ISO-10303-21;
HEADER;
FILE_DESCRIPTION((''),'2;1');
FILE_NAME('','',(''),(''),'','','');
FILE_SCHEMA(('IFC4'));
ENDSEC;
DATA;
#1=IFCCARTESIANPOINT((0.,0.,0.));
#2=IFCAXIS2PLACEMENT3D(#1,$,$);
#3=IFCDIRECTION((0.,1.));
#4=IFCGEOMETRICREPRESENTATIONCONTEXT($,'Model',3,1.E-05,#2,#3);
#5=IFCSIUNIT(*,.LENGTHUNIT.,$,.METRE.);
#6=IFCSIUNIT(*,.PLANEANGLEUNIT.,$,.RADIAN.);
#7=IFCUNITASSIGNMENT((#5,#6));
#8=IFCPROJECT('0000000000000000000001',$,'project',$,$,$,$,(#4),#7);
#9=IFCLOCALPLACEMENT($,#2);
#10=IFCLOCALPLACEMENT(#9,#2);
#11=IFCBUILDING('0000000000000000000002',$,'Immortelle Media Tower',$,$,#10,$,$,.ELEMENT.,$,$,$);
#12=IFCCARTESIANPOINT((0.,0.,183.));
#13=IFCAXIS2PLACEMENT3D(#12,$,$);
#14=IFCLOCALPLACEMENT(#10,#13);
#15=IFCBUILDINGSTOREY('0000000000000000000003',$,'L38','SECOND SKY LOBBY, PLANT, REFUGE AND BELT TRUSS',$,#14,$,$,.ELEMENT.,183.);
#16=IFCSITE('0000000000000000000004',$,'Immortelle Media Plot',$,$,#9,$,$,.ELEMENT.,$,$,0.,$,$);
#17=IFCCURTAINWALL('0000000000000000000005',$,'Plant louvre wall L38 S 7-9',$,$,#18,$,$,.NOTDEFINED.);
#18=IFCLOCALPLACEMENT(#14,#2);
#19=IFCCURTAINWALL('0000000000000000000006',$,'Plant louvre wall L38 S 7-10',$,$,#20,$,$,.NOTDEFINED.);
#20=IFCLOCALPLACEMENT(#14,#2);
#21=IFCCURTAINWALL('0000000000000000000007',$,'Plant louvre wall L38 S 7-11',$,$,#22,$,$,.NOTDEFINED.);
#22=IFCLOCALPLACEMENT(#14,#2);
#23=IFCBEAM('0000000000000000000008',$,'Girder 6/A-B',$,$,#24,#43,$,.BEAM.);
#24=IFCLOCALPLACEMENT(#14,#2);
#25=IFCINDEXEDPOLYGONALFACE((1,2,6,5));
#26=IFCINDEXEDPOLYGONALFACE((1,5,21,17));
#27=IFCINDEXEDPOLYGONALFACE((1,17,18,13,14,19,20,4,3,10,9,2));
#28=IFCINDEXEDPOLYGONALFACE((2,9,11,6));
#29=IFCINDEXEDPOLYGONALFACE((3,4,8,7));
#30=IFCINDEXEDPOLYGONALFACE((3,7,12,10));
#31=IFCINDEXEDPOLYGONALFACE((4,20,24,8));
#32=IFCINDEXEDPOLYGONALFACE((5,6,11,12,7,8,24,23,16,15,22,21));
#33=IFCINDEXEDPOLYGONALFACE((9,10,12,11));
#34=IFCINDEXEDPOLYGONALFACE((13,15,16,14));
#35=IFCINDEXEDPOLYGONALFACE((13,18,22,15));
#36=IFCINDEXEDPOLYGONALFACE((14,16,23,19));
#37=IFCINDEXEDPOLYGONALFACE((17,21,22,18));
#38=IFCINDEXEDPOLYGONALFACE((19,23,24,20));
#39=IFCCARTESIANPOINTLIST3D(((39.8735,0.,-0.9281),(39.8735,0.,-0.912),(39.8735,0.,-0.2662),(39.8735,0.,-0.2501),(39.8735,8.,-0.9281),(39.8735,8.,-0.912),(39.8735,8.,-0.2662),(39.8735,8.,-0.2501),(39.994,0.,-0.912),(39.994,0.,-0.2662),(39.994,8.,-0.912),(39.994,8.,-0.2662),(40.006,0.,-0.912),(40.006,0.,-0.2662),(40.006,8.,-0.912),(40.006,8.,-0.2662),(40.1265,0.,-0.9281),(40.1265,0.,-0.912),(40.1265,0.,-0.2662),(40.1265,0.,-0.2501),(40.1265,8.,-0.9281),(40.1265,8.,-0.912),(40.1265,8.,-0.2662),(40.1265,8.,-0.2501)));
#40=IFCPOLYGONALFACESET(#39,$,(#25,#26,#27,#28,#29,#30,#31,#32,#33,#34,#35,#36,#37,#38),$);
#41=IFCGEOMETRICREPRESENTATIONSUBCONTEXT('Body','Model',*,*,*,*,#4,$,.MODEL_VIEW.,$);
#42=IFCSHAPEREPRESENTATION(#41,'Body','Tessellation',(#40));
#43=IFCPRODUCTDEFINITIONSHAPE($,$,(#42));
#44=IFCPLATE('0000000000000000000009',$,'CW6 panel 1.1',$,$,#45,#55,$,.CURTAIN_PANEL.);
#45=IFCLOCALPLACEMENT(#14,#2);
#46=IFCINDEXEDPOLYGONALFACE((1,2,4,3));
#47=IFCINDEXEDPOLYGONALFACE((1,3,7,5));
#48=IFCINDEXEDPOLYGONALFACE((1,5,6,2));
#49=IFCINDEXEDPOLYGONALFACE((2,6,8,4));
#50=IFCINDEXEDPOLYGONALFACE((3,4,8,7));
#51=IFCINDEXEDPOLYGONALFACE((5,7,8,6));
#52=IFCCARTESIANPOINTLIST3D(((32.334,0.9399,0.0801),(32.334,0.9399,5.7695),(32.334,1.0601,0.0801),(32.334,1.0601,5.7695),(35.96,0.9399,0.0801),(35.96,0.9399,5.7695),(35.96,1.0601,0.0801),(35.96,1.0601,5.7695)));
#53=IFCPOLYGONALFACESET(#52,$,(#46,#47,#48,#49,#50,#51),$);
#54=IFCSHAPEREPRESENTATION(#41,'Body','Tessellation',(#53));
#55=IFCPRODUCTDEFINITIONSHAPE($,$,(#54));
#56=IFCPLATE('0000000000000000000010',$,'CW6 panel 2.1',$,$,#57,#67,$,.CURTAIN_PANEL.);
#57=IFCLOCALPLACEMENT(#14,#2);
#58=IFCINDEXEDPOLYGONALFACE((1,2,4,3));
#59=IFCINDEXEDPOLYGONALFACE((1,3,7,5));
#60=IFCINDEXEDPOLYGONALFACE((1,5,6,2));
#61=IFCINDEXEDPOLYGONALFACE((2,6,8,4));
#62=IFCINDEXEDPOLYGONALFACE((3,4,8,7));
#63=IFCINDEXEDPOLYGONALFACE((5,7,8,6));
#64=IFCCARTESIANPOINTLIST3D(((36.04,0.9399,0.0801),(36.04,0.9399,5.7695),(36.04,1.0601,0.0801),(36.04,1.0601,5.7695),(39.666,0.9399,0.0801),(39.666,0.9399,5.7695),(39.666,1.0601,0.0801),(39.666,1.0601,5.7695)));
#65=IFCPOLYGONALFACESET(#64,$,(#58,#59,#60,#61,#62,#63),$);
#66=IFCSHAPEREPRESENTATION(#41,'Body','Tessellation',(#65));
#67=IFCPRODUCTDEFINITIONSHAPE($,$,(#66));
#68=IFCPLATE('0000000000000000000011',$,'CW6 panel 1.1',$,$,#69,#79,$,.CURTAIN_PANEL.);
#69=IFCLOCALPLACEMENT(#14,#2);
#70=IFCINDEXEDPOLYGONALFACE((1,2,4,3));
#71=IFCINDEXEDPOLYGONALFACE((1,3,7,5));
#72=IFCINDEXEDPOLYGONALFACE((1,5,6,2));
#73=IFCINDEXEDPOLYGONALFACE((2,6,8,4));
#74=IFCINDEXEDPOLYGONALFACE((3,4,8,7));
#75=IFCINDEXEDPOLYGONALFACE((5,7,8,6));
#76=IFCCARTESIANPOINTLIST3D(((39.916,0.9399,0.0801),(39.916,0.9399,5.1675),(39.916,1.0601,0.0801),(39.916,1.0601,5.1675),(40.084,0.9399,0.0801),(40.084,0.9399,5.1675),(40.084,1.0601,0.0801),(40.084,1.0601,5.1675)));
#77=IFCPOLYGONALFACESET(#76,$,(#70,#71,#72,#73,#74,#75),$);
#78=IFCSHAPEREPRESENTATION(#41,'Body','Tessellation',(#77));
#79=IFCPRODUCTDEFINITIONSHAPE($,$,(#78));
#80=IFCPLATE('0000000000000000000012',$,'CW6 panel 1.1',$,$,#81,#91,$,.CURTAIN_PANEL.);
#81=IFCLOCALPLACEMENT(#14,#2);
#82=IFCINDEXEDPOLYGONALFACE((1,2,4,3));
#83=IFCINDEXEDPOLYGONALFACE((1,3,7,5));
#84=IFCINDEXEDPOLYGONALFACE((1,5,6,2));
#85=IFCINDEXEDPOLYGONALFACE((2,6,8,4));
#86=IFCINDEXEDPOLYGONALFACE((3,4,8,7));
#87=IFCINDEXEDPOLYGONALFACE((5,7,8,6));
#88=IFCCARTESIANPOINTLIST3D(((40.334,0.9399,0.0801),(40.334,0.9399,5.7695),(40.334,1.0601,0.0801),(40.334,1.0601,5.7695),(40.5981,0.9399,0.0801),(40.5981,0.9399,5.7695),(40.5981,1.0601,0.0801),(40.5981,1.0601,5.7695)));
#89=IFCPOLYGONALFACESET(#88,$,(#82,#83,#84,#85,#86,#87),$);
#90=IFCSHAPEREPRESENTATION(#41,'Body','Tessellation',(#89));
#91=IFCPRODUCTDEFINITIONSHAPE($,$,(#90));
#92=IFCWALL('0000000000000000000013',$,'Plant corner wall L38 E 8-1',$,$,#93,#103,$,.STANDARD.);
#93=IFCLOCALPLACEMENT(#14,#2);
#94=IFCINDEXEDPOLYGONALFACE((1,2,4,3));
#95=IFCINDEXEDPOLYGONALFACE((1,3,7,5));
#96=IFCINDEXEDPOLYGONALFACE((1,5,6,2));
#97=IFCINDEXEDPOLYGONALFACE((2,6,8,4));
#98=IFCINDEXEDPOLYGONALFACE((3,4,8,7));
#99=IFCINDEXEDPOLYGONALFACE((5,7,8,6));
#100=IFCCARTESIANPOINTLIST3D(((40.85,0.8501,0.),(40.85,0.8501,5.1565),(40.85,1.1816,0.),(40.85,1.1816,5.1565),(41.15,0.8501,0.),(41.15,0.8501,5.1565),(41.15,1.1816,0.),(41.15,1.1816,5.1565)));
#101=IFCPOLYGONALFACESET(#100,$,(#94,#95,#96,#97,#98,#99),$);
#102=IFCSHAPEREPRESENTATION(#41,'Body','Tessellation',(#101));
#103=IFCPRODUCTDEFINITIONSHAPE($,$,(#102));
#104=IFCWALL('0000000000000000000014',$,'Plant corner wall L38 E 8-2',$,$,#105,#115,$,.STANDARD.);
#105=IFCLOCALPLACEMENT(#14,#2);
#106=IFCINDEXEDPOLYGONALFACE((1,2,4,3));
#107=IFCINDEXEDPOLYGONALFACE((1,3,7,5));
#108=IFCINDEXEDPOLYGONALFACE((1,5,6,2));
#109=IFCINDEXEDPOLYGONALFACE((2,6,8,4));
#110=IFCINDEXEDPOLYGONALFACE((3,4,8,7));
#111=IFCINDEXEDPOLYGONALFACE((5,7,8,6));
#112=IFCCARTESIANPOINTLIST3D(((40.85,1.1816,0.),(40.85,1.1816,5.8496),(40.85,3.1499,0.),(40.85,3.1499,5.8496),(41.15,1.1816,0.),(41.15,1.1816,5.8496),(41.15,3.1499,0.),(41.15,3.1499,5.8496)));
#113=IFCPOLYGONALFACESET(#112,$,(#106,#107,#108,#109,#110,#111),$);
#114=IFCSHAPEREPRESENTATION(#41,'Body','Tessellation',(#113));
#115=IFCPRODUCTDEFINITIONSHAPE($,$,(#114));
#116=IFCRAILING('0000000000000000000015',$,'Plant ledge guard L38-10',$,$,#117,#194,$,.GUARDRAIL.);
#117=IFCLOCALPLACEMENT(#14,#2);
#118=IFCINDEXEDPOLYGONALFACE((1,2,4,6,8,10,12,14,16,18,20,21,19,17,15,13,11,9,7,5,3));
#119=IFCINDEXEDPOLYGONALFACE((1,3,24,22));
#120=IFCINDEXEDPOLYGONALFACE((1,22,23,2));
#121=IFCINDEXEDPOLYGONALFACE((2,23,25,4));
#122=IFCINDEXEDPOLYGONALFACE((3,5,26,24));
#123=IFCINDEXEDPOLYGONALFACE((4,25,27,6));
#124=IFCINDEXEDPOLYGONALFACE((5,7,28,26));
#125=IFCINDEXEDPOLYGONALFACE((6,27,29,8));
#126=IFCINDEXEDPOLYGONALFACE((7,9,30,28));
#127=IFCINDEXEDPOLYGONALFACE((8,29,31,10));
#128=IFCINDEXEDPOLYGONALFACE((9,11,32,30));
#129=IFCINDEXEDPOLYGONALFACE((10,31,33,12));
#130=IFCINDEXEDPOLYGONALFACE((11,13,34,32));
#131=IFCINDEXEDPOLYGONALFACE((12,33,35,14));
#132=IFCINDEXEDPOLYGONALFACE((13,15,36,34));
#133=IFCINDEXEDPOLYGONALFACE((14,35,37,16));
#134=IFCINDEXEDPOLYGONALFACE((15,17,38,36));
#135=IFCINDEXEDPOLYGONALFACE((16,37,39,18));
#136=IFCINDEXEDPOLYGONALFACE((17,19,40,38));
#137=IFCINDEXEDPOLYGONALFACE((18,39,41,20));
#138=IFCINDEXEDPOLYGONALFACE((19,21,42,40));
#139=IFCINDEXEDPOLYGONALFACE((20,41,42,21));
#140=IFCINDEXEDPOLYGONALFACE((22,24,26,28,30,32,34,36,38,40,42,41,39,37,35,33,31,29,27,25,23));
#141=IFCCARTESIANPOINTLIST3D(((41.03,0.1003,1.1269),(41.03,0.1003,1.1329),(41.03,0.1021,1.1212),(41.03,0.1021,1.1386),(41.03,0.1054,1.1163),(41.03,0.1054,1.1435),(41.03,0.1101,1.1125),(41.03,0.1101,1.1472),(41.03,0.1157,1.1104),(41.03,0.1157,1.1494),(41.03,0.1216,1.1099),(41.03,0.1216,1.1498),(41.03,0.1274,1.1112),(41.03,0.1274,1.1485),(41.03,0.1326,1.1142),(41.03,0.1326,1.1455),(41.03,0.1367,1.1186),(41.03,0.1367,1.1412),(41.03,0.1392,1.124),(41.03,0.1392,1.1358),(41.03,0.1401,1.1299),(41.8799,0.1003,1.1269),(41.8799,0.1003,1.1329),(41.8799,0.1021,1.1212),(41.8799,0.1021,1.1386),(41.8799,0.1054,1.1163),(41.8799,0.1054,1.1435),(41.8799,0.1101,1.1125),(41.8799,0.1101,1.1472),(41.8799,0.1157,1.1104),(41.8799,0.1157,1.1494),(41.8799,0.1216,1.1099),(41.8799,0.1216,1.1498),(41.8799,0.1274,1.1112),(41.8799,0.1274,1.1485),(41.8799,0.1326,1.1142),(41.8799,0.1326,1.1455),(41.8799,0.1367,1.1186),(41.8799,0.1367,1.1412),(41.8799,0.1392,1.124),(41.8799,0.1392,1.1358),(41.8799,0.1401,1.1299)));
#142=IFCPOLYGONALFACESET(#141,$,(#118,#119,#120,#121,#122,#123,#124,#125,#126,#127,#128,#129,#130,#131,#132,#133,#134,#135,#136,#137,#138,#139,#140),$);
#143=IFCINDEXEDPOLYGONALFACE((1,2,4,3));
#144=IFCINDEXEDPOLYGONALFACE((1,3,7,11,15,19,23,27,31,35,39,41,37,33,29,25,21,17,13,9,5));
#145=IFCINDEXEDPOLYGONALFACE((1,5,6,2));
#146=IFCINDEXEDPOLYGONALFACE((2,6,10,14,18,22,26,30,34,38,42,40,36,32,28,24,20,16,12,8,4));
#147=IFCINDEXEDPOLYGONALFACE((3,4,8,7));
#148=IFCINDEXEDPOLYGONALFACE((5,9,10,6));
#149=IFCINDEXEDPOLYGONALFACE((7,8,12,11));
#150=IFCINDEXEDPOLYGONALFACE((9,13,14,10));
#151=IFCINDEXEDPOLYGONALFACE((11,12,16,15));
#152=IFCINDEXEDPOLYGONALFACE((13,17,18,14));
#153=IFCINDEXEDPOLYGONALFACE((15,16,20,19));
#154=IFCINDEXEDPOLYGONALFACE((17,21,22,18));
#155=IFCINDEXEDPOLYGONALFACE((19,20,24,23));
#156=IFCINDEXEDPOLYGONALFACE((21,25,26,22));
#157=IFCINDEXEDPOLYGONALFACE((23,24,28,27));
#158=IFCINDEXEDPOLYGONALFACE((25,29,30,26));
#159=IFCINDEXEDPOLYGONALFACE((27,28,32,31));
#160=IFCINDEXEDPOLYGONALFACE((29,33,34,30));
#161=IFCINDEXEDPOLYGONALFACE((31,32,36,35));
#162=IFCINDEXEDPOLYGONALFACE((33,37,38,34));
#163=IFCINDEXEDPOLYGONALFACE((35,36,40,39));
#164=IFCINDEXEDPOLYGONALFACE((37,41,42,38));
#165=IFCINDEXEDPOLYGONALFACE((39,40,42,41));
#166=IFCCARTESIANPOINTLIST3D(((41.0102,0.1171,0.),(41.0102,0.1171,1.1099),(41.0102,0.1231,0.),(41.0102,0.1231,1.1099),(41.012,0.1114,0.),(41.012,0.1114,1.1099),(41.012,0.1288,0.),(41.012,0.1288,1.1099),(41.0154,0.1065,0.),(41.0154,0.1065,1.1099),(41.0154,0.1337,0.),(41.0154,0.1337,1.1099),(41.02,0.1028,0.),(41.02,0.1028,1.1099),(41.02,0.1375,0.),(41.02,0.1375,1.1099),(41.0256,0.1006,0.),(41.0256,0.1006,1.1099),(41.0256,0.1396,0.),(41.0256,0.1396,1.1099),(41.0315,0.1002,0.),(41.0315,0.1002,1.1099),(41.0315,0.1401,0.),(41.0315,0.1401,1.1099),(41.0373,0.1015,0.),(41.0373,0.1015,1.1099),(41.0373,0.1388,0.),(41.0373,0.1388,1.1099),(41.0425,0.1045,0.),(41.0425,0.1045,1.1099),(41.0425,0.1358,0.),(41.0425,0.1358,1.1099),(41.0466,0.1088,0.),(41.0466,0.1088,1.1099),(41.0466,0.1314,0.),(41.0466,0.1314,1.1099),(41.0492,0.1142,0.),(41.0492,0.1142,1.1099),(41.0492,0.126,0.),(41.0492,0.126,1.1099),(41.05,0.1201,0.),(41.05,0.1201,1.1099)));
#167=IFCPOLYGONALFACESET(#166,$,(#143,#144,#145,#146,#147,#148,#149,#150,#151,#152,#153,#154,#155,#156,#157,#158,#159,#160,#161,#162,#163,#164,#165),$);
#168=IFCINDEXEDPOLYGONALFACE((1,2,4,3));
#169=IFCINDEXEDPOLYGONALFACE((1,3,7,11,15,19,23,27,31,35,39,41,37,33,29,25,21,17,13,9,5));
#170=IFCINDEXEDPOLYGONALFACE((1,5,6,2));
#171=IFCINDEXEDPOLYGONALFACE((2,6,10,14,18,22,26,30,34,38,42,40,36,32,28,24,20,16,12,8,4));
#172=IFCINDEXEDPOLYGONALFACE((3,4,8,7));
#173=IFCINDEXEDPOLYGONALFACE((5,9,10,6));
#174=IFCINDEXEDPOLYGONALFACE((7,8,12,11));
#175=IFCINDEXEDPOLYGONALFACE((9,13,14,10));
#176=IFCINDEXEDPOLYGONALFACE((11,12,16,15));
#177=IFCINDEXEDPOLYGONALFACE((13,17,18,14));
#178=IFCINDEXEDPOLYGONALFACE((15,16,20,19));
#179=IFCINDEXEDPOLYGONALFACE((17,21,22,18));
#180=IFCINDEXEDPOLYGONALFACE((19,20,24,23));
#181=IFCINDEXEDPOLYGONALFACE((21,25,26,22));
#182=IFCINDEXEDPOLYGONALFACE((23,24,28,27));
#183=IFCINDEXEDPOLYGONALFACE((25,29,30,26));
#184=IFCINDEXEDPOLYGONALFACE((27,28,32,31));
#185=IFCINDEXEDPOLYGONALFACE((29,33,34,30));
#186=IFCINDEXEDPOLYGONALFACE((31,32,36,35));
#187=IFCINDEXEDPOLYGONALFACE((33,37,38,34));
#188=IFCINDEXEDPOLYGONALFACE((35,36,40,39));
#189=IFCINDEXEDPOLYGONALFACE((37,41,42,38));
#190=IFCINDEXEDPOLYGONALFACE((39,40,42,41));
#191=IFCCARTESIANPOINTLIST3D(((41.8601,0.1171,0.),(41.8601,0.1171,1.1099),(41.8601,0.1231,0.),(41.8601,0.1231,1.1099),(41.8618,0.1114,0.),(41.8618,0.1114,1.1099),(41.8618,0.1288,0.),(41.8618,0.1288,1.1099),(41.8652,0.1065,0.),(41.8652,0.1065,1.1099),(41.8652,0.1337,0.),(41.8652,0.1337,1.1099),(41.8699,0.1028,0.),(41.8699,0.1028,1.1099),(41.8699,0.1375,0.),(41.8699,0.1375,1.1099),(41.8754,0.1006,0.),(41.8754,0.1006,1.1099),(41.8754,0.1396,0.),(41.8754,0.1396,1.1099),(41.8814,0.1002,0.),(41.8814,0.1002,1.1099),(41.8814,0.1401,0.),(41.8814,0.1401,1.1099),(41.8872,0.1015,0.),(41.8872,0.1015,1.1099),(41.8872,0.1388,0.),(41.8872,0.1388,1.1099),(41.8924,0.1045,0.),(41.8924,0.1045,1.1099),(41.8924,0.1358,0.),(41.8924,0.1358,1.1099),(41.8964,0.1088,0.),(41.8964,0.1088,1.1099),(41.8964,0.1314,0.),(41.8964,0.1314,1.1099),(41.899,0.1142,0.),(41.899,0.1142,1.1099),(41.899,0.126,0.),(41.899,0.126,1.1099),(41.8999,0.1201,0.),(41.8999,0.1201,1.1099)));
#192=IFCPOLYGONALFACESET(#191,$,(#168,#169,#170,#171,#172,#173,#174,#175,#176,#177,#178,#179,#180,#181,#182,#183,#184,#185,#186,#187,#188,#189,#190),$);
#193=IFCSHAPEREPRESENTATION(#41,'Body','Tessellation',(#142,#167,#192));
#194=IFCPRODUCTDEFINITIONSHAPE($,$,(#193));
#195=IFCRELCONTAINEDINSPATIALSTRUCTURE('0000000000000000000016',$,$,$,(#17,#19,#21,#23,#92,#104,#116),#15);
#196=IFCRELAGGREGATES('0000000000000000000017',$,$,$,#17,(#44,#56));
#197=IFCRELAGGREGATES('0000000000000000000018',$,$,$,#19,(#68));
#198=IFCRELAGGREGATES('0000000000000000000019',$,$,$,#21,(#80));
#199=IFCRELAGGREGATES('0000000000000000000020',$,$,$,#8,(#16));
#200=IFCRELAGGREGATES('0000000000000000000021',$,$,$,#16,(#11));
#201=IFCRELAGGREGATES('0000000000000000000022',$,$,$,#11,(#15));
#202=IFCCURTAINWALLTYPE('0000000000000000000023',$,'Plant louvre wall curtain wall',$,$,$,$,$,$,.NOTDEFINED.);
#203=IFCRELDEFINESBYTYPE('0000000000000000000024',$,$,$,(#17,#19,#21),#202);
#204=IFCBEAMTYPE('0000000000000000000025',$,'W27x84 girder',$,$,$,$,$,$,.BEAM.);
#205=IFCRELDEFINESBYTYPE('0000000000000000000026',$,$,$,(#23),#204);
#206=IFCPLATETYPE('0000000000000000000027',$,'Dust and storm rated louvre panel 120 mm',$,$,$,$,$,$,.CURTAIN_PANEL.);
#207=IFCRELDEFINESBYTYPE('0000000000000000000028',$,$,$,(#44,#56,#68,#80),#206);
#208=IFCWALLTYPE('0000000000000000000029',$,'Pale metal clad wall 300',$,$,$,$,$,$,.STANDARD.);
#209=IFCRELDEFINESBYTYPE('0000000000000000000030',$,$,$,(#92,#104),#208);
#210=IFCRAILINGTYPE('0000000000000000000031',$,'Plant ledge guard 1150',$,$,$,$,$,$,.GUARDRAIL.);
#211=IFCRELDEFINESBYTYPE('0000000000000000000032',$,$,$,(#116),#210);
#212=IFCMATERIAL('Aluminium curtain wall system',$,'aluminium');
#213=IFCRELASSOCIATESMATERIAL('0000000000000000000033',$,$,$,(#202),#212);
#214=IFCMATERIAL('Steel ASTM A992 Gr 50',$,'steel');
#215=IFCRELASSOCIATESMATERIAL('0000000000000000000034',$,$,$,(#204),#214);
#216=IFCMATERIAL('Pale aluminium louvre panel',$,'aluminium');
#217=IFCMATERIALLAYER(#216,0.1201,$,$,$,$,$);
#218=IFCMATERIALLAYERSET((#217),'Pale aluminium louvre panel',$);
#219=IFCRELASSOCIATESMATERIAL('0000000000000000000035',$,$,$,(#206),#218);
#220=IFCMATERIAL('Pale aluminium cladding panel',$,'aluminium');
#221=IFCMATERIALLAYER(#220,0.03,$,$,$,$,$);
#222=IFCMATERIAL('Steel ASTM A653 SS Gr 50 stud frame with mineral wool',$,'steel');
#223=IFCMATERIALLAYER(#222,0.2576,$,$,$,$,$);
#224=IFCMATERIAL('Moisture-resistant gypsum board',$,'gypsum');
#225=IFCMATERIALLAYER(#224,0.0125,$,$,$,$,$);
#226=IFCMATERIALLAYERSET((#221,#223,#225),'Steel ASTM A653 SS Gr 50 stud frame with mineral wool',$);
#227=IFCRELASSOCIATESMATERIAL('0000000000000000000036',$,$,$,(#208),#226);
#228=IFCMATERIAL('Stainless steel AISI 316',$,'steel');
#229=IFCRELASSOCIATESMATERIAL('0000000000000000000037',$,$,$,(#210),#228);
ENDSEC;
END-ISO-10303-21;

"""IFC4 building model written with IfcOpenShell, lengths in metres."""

from ifc_helpers import new_model, si_unit, direction, frame, frame_2d, origin, origin_2d, place, context, subcontext, project, spatial, rectangle, circle, i_section, extrude, material, layer, layer_set, material_profile, profile_set, type_object, element, aggregate, save


model = new_model("IFC4")

# Units and contexts
model_context = context("Model", 3, precision=1e-05, world=origin(), true_north=direction((0.0, 1.0)))
body_context = subcontext(model_context, "Body", "Model", "MODEL_VIEW")
ifc_project = project(units=[si_unit("LENGTHUNIT", "METRE"), si_unit("PLANEANGLEUNIT", "RADIAN")], contexts=[model_context])

# Site, building, storey
site_placement = place(None, origin())
site = spatial("IfcSite", under=ifc_project, at=site_placement, Name="Immortelle Media Plot", CompositionType="ELEMENT", RefElevation=0.0)
building_placement = place(site_placement, origin())
building = spatial("IfcBuilding", under=site, at=building_placement, Name="Immortelle Media Tower", CompositionType="ELEMENT")
storey_placement = place(building_placement, frame((0.0, 0.0, 183.0)))
storey = spatial("IfcBuildingStorey", under=building, at=storey_placement, Name="L38", Description="SECOND SKY LOBBY, PLANT, REFUGE AND BELT TRUSS", CompositionType="ELEMENT", Elevation=183.0)

# Shared definitions
ifc_material_1 = material(Name="Steel ASTM A992 Gr 50", Category="steel")

# Curtain walls
ifc_material_2 = material(Name="Aluminium curtain wall system", Category="aluminium")
curtain_wall_type = type_object("IfcCurtainWallType", Name="Plant louvre wall curtain wall", PredefinedType="NOTDEFINED", material=ifc_material_2)
curtain_wall_1_placement = place(storey_placement, origin())
curtain_wall_1 = element("IfcCurtainWall", 1, at=curtain_wall_1_placement, inside=storey, type_object=curtain_wall_type, Name="Plant louvre wall L38 S 7-9", PredefinedType="NOTDEFINED")
curtain_wall_2_placement = place(storey_placement, origin())
curtain_wall_2 = element("IfcCurtainWall", 2, at=curtain_wall_2_placement, inside=storey, type_object=curtain_wall_type, Name="Plant louvre wall L38 S 7-10", PredefinedType="NOTDEFINED")
curtain_wall_3_placement = place(storey_placement, origin())
curtain_wall_3 = element("IfcCurtainWall", 3, at=curtain_wall_3_placement, inside=storey, type_object=curtain_wall_type, Name="Plant louvre wall L38 S 7-11", PredefinedType="NOTDEFINED")

# Beam
ifc_material_profile_1 = material_profile(ifc_material_1, i_section(OverallWidth=0.2529, OverallDepth=0.678, WebThickness=0.012, FlangeThickness=0.0161, at=origin_2d()), Name="W27x84")
ifc_profile_set_1 = profile_set([ifc_material_profile_1], Name="Steel ASTM A992 Gr 50")
beam_type = type_object("IfcBeamType", Name="W27x84 girder", PredefinedType="BEAM", material=ifc_profile_set_1)
beam_placement = place(storey_placement, frame((40.0, 0.0, -0.5891), z_axis=(0.0, 1.0, 0.0), x_axis=(-1.0, 0.0, 0.0)))
element("IfcBeam", 4, at=beam_placement, inside=storey, type_object=beam_type, Name="Girder 6/A-B", PredefinedType="BEAM", context=body_context, shape_type="SweptSolid", body=[
    extrude(i_section(OverallWidth=0.2529, OverallDepth=0.678, WebThickness=0.012, FlangeThickness=0.0161, at=origin_2d()), origin(), (0.0, 0.0, 1.0), 8.0),
])

# Plates
ifc_material_3 = material(Name="Pale aluminium louvre panel", Category="aluminium")
ifc_layer_1 = layer(ifc_material_3, 0.1201)
ifc_layer_set_1 = layer_set([ifc_layer_1], Name="Pale aluminium louvre panel")
plate_type = type_object("IfcPlateType", Name="Dust and storm rated louvre panel 120 mm", PredefinedType="CURTAIN_PANEL", material=ifc_layer_set_1)
plate_1_placement = place(storey_placement, frame((34.147, 1.0, 0.0801), z_axis=(0.0, 0.0, 1.0), x_axis=(1.0, 0.0, 0.0)))
plate_1 = element("IfcPlate", 5, at=plate_1_placement, type_object=plate_type, Name="CW6 panel 1.1", PredefinedType="CURTAIN_PANEL", context=body_context, shape_type="SweptSolid", body=[
    extrude(rectangle(XDim=3.626, YDim=0.1201, at=origin_2d()), origin(), (0.0, 0.0, 1.0), 5.6895),
])
plate_2_placement = place(storey_placement, frame((37.853, 1.0, 0.0801), z_axis=(0.0, 0.0, 1.0), x_axis=(1.0, 0.0, 0.0)))
plate_2 = element("IfcPlate", 6, at=plate_2_placement, type_object=plate_type, Name="CW6 panel 2.1", PredefinedType="CURTAIN_PANEL", context=body_context, shape_type="SweptSolid", body=[
    extrude(rectangle(XDim=3.626, YDim=0.1201, at=origin_2d()), origin(), (0.0, 0.0, 1.0), 5.6895),
])
aggregate(curtain_wall_1, [plate_1, plate_2])
plate_3_placement = place(storey_placement, frame((40.0, 1.0, 0.0801), z_axis=(0.0, 0.0, 1.0), x_axis=(1.0, 0.0, 0.0)))
plate_3 = element("IfcPlate", 7, at=plate_3_placement, type_object=plate_type, Name="CW6 panel 1.1", PredefinedType="CURTAIN_PANEL", context=body_context, shape_type="SweptSolid", body=[
    extrude(rectangle(XDim=0.168, YDim=0.1201, at=origin_2d()), origin(), (0.0, 0.0, 1.0), 5.0874),
])
aggregate(curtain_wall_2, [plate_3])
plate_4_placement = place(storey_placement, frame((40.4661, 1.0, 0.0801), z_axis=(0.0, 0.0, 1.0), x_axis=(1.0, 0.0, 0.0)))
plate_4 = element("IfcPlate", 8, at=plate_4_placement, type_object=plate_type, Name="CW6 panel 1.1", PredefinedType="CURTAIN_PANEL", context=body_context, shape_type="SweptSolid", body=[
    extrude(rectangle(XDim=0.2642, YDim=0.1201, at=origin_2d()), origin(), (0.0, 0.0, 1.0), 5.6895),
])
aggregate(curtain_wall_3, [plate_4])

# Walls
ifc_material_4 = material(Name="Pale aluminium cladding panel", Category="aluminium")
ifc_layer_2 = layer(ifc_material_4, 0.03)
ifc_material_5 = material(Name="Steel ASTM A653 SS Gr 50 stud frame with mineral wool", Category="steel")
ifc_layer_3 = layer(ifc_material_5, 0.2576)
ifc_material_6 = material(Name="Moisture-resistant gypsum board", Category="gypsum")
ifc_layer_4 = layer(ifc_material_6, 0.0125)
ifc_layer_set_2 = layer_set([ifc_layer_2, ifc_layer_3, ifc_layer_4], Name="Steel ASTM A653 SS Gr 50 stud frame with mineral wool")
wall_type = type_object("IfcWallType", Name="Pale metal clad wall 300", PredefinedType="STANDARD", material=ifc_layer_set_2)
wall_1_placement = place(storey_placement, frame((41.0, 0.8501, 0.0), z_axis=(0.0, 0.0, 1.0), x_axis=(0.0, 1.0, 0.0)))
element("IfcWall", 9, at=wall_1_placement, inside=storey, type_object=wall_type, Name="Plant corner wall L38 E 8-1", PredefinedType="STANDARD", context=body_context, shape_type="SweptSolid", body=[
    extrude(rectangle(XDim=0.3315, YDim=0.3, at=frame_2d((0.1658, 0.0))), origin(), (0.0, 0.0, 1.0), 5.1565),
])
wall_2_placement = place(storey_placement, frame((41.0, 1.1816, 0.0), z_axis=(0.0, 0.0, 1.0), x_axis=(0.0, 1.0, 0.0)))
element("IfcWall", 10, at=wall_2_placement, inside=storey, type_object=wall_type, Name="Plant corner wall L38 E 8-2", PredefinedType="STANDARD", context=body_context, shape_type="SweptSolid", body=[
    extrude(rectangle(XDim=1.9683, YDim=0.3, at=frame_2d((0.9841, 0.0))), origin(), (0.0, 0.0, 1.0), 5.8496),
])

# Railing
ifc_material_7 = material(Name="Stainless steel AISI 316", Category="steel")
railing_type = type_object("IfcRailingType", Name="Plant ledge guard 1150", PredefinedType="GUARDRAIL", material=ifc_material_7)
railing_placement = place(storey_placement, frame((41.03, 0.1201, 0.0)))
element("IfcRailing", 11, at=railing_placement, inside=storey, type_object=railing_type, Name="Plant ledge guard L38-10", PredefinedType="GUARDRAIL", context=body_context, shape_type="SweptSolid", body=[
    extrude(circle(Radius=0.02, at=origin_2d()), frame((0.0, 0.0, 1.1299), z_axis=(1.0, 0.0, 0.0), x_axis=(0.0, 1.0, 0.0)), (0.0, 0.0, 1.0), 0.8499),
    extrude(circle(Radius=0.02, at=origin_2d()), origin(), (0.0, 0.0, 1.0), 1.1099),
    extrude(circle(Radius=0.02, at=origin_2d()), frame((0.8499, 0.0, 0.0)), (0.0, 0.0, 1.0), 1.1099),
])

save(model, "model.ifc")
